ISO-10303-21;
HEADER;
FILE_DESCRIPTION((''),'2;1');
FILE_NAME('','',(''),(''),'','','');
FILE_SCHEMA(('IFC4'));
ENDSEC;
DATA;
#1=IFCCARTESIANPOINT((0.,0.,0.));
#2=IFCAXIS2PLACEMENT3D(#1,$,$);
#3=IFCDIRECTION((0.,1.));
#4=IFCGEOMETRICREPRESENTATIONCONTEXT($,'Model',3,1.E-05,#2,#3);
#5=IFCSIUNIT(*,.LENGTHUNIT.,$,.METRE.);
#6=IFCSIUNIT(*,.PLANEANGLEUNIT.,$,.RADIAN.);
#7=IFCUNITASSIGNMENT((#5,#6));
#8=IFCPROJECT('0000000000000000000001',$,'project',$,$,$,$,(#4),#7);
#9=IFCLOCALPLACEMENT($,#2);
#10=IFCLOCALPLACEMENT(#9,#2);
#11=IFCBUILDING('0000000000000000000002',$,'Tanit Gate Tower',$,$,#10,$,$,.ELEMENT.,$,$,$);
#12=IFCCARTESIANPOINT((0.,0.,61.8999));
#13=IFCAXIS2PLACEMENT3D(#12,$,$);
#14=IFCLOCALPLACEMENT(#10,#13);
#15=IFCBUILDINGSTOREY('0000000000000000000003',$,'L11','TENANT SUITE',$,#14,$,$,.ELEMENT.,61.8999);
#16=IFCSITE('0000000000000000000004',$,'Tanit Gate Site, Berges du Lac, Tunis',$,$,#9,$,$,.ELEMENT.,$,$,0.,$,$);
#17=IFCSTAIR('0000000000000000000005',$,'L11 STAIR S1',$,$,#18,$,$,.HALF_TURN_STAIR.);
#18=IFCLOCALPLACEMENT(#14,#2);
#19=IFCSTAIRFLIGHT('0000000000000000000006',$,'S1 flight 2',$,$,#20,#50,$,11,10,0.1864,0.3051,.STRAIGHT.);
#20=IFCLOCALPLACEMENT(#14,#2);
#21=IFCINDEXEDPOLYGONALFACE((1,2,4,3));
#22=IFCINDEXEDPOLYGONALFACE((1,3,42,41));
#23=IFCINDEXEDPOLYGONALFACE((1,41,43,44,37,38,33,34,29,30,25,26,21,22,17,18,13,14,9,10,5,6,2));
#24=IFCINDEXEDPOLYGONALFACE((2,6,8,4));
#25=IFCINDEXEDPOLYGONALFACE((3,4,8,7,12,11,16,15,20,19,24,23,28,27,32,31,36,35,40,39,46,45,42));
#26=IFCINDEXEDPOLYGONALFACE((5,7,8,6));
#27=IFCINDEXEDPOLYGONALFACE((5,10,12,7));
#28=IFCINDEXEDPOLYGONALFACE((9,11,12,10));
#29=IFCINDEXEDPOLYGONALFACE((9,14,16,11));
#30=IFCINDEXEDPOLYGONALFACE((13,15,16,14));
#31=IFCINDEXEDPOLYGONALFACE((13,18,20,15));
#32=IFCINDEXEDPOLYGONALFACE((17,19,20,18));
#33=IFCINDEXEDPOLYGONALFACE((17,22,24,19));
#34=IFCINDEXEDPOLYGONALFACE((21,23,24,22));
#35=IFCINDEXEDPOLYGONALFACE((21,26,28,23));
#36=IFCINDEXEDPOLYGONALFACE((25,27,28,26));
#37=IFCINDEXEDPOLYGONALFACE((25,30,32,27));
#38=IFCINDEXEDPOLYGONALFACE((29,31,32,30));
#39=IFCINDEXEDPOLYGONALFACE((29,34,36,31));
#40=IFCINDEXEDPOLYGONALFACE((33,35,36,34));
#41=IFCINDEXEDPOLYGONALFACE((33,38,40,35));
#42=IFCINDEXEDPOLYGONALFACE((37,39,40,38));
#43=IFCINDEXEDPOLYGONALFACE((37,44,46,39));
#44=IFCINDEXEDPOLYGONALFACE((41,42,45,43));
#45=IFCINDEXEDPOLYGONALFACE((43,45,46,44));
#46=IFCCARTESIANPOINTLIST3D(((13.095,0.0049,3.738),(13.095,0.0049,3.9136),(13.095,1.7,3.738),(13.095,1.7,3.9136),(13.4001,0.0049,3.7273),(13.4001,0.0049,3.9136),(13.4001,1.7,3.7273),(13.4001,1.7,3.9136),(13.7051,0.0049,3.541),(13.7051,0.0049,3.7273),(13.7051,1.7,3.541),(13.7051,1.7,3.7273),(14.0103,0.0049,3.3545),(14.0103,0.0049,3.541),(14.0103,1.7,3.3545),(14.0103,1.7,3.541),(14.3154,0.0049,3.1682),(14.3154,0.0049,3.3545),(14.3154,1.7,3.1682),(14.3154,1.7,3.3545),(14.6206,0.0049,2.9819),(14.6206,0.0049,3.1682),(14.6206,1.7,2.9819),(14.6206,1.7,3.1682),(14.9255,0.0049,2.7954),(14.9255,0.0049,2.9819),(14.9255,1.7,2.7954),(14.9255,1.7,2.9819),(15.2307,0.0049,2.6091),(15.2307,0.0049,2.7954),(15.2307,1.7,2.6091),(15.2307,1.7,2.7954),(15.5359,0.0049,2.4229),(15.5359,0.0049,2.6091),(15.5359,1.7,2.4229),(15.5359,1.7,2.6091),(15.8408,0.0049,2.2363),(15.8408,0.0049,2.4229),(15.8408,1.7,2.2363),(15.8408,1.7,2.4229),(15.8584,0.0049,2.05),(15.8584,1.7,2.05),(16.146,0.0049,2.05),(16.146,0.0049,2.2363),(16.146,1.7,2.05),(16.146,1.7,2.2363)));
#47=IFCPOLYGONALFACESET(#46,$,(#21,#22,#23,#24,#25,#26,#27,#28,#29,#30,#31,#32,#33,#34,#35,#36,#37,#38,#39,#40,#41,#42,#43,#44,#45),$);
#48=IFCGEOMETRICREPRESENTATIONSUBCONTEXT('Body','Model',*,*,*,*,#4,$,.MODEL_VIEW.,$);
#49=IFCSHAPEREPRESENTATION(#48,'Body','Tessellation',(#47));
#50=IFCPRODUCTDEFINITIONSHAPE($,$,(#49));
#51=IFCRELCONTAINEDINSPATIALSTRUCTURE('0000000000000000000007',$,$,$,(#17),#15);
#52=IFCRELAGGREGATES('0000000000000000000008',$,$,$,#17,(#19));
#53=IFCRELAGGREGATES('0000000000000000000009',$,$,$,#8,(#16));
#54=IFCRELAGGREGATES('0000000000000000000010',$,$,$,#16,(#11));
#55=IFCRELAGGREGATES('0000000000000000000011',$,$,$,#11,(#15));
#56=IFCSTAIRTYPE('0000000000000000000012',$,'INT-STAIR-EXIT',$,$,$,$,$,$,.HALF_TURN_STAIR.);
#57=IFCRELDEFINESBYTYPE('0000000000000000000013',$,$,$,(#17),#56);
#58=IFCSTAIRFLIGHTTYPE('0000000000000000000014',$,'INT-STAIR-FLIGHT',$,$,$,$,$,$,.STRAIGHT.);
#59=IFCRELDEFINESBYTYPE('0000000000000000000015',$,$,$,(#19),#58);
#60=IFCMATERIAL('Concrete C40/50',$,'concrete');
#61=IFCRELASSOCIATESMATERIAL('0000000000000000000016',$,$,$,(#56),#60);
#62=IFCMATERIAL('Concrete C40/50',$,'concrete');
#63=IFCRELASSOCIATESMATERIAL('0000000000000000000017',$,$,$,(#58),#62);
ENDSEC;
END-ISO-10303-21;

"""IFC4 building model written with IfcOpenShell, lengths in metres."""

from ifc_helpers import new_model, si_unit, direction, frame, origin, place, context, subcontext, project, spatial, polyline, outline, extrude, material, type_object, element, aggregate, save


model = new_model("IFC4")

# Units and contexts
model_context = context("Model", 3, precision=1e-05, world=origin(), true_north=direction((0.0, 1.0)))
body_context = subcontext(model_context, "Body", "Model", "MODEL_VIEW")
ifc_project = project(units=[si_unit("LENGTHUNIT", "METRE"), si_unit("PLANEANGLEUNIT", "RADIAN")], contexts=[model_context])

# Site, building, storey
site_placement = place(None, origin())
site = spatial("IfcSite", under=ifc_project, at=site_placement, Name="Tanit Gate Site, Berges du Lac, Tunis", CompositionType="ELEMENT", RefElevation=0.0)
building_placement = place(site_placement, origin())
building = spatial("IfcBuilding", under=site, at=building_placement, Name="Tanit Gate Tower", CompositionType="ELEMENT")
storey_placement = place(building_placement, frame((0.0, 0.0, 61.8999)))
storey = spatial("IfcBuildingStorey", under=building, at=storey_placement, Name="L11", Description="TENANT SUITE", CompositionType="ELEMENT", Elevation=61.8999)

# Stair, stair flight
ifc_material_1 = material(Name="Concrete C40/50", Category="concrete")
stair_type = type_object("IfcStairType", Name="INT-STAIR-EXIT", PredefinedType="HALF_TURN_STAIR", material=ifc_material_1)
stair_placement = place(storey_placement, origin())
stair = element("IfcStair", 1, at=stair_placement, inside=storey, type_object=stair_type, Name="L11 STAIR S1", PredefinedType="HALF_TURN_STAIR")
ifc_material_2 = material(Name="Concrete C40/50", Category="concrete")
stair_flight_type = type_object("IfcStairFlightType", Name="INT-STAIR-FLIGHT", PredefinedType="STRAIGHT", material=ifc_material_2)
stair_flight_placement = place(storey_placement, frame((16.146, 0.8525, 2.05), z_axis=(0.0, 0.0, 1.0), x_axis=(-1.0, 0.0, 0.0)))
stair_flight = element("IfcStairFlight", 2, at=stair_flight_placement, type_object=stair_flight_type, Name="S1 flight 2", NumberOfRisers=11, NumberOfTreads=10, PredefinedType="STRAIGHT", RiserHeight=0.1864, TreadLength=0.3051, context=body_context, shape_type="SweptSolid", body=[
    extrude(outline(polyline([(0.0, 0.0), (0.0, 0.1863), (0.3052, 0.1863), (0.3052, 0.3728), (0.6101, 0.3728), (0.6101, 0.5591), (0.9153, 0.5591), (0.9153, 0.7454), (1.2205, 0.7454), (1.2205, 0.9319), (1.5254, 0.9319), (1.5254, 1.1182), (1.8306, 1.1182), (1.8306, 1.3044), (2.1357, 1.3044), (2.1357, 1.491), (2.4409, 1.491), (2.4409, 1.6772), (2.7458, 1.6772), (2.7458, 1.8635), (3.051, 1.8635), (3.051, 2.05), (3.051, 1.688), (0.2876, 0.0), (0.0, 0.0)])), frame((0.0, 0.8477, 0.0), z_axis=(0.0, -1.0, 0.0), x_axis=(1.0, 0.0, 0.0)), (0.0, 0.0, 1.0), 1.6951),
])
aggregate(stair, [stair_flight])

save(model, "model.ifc")
